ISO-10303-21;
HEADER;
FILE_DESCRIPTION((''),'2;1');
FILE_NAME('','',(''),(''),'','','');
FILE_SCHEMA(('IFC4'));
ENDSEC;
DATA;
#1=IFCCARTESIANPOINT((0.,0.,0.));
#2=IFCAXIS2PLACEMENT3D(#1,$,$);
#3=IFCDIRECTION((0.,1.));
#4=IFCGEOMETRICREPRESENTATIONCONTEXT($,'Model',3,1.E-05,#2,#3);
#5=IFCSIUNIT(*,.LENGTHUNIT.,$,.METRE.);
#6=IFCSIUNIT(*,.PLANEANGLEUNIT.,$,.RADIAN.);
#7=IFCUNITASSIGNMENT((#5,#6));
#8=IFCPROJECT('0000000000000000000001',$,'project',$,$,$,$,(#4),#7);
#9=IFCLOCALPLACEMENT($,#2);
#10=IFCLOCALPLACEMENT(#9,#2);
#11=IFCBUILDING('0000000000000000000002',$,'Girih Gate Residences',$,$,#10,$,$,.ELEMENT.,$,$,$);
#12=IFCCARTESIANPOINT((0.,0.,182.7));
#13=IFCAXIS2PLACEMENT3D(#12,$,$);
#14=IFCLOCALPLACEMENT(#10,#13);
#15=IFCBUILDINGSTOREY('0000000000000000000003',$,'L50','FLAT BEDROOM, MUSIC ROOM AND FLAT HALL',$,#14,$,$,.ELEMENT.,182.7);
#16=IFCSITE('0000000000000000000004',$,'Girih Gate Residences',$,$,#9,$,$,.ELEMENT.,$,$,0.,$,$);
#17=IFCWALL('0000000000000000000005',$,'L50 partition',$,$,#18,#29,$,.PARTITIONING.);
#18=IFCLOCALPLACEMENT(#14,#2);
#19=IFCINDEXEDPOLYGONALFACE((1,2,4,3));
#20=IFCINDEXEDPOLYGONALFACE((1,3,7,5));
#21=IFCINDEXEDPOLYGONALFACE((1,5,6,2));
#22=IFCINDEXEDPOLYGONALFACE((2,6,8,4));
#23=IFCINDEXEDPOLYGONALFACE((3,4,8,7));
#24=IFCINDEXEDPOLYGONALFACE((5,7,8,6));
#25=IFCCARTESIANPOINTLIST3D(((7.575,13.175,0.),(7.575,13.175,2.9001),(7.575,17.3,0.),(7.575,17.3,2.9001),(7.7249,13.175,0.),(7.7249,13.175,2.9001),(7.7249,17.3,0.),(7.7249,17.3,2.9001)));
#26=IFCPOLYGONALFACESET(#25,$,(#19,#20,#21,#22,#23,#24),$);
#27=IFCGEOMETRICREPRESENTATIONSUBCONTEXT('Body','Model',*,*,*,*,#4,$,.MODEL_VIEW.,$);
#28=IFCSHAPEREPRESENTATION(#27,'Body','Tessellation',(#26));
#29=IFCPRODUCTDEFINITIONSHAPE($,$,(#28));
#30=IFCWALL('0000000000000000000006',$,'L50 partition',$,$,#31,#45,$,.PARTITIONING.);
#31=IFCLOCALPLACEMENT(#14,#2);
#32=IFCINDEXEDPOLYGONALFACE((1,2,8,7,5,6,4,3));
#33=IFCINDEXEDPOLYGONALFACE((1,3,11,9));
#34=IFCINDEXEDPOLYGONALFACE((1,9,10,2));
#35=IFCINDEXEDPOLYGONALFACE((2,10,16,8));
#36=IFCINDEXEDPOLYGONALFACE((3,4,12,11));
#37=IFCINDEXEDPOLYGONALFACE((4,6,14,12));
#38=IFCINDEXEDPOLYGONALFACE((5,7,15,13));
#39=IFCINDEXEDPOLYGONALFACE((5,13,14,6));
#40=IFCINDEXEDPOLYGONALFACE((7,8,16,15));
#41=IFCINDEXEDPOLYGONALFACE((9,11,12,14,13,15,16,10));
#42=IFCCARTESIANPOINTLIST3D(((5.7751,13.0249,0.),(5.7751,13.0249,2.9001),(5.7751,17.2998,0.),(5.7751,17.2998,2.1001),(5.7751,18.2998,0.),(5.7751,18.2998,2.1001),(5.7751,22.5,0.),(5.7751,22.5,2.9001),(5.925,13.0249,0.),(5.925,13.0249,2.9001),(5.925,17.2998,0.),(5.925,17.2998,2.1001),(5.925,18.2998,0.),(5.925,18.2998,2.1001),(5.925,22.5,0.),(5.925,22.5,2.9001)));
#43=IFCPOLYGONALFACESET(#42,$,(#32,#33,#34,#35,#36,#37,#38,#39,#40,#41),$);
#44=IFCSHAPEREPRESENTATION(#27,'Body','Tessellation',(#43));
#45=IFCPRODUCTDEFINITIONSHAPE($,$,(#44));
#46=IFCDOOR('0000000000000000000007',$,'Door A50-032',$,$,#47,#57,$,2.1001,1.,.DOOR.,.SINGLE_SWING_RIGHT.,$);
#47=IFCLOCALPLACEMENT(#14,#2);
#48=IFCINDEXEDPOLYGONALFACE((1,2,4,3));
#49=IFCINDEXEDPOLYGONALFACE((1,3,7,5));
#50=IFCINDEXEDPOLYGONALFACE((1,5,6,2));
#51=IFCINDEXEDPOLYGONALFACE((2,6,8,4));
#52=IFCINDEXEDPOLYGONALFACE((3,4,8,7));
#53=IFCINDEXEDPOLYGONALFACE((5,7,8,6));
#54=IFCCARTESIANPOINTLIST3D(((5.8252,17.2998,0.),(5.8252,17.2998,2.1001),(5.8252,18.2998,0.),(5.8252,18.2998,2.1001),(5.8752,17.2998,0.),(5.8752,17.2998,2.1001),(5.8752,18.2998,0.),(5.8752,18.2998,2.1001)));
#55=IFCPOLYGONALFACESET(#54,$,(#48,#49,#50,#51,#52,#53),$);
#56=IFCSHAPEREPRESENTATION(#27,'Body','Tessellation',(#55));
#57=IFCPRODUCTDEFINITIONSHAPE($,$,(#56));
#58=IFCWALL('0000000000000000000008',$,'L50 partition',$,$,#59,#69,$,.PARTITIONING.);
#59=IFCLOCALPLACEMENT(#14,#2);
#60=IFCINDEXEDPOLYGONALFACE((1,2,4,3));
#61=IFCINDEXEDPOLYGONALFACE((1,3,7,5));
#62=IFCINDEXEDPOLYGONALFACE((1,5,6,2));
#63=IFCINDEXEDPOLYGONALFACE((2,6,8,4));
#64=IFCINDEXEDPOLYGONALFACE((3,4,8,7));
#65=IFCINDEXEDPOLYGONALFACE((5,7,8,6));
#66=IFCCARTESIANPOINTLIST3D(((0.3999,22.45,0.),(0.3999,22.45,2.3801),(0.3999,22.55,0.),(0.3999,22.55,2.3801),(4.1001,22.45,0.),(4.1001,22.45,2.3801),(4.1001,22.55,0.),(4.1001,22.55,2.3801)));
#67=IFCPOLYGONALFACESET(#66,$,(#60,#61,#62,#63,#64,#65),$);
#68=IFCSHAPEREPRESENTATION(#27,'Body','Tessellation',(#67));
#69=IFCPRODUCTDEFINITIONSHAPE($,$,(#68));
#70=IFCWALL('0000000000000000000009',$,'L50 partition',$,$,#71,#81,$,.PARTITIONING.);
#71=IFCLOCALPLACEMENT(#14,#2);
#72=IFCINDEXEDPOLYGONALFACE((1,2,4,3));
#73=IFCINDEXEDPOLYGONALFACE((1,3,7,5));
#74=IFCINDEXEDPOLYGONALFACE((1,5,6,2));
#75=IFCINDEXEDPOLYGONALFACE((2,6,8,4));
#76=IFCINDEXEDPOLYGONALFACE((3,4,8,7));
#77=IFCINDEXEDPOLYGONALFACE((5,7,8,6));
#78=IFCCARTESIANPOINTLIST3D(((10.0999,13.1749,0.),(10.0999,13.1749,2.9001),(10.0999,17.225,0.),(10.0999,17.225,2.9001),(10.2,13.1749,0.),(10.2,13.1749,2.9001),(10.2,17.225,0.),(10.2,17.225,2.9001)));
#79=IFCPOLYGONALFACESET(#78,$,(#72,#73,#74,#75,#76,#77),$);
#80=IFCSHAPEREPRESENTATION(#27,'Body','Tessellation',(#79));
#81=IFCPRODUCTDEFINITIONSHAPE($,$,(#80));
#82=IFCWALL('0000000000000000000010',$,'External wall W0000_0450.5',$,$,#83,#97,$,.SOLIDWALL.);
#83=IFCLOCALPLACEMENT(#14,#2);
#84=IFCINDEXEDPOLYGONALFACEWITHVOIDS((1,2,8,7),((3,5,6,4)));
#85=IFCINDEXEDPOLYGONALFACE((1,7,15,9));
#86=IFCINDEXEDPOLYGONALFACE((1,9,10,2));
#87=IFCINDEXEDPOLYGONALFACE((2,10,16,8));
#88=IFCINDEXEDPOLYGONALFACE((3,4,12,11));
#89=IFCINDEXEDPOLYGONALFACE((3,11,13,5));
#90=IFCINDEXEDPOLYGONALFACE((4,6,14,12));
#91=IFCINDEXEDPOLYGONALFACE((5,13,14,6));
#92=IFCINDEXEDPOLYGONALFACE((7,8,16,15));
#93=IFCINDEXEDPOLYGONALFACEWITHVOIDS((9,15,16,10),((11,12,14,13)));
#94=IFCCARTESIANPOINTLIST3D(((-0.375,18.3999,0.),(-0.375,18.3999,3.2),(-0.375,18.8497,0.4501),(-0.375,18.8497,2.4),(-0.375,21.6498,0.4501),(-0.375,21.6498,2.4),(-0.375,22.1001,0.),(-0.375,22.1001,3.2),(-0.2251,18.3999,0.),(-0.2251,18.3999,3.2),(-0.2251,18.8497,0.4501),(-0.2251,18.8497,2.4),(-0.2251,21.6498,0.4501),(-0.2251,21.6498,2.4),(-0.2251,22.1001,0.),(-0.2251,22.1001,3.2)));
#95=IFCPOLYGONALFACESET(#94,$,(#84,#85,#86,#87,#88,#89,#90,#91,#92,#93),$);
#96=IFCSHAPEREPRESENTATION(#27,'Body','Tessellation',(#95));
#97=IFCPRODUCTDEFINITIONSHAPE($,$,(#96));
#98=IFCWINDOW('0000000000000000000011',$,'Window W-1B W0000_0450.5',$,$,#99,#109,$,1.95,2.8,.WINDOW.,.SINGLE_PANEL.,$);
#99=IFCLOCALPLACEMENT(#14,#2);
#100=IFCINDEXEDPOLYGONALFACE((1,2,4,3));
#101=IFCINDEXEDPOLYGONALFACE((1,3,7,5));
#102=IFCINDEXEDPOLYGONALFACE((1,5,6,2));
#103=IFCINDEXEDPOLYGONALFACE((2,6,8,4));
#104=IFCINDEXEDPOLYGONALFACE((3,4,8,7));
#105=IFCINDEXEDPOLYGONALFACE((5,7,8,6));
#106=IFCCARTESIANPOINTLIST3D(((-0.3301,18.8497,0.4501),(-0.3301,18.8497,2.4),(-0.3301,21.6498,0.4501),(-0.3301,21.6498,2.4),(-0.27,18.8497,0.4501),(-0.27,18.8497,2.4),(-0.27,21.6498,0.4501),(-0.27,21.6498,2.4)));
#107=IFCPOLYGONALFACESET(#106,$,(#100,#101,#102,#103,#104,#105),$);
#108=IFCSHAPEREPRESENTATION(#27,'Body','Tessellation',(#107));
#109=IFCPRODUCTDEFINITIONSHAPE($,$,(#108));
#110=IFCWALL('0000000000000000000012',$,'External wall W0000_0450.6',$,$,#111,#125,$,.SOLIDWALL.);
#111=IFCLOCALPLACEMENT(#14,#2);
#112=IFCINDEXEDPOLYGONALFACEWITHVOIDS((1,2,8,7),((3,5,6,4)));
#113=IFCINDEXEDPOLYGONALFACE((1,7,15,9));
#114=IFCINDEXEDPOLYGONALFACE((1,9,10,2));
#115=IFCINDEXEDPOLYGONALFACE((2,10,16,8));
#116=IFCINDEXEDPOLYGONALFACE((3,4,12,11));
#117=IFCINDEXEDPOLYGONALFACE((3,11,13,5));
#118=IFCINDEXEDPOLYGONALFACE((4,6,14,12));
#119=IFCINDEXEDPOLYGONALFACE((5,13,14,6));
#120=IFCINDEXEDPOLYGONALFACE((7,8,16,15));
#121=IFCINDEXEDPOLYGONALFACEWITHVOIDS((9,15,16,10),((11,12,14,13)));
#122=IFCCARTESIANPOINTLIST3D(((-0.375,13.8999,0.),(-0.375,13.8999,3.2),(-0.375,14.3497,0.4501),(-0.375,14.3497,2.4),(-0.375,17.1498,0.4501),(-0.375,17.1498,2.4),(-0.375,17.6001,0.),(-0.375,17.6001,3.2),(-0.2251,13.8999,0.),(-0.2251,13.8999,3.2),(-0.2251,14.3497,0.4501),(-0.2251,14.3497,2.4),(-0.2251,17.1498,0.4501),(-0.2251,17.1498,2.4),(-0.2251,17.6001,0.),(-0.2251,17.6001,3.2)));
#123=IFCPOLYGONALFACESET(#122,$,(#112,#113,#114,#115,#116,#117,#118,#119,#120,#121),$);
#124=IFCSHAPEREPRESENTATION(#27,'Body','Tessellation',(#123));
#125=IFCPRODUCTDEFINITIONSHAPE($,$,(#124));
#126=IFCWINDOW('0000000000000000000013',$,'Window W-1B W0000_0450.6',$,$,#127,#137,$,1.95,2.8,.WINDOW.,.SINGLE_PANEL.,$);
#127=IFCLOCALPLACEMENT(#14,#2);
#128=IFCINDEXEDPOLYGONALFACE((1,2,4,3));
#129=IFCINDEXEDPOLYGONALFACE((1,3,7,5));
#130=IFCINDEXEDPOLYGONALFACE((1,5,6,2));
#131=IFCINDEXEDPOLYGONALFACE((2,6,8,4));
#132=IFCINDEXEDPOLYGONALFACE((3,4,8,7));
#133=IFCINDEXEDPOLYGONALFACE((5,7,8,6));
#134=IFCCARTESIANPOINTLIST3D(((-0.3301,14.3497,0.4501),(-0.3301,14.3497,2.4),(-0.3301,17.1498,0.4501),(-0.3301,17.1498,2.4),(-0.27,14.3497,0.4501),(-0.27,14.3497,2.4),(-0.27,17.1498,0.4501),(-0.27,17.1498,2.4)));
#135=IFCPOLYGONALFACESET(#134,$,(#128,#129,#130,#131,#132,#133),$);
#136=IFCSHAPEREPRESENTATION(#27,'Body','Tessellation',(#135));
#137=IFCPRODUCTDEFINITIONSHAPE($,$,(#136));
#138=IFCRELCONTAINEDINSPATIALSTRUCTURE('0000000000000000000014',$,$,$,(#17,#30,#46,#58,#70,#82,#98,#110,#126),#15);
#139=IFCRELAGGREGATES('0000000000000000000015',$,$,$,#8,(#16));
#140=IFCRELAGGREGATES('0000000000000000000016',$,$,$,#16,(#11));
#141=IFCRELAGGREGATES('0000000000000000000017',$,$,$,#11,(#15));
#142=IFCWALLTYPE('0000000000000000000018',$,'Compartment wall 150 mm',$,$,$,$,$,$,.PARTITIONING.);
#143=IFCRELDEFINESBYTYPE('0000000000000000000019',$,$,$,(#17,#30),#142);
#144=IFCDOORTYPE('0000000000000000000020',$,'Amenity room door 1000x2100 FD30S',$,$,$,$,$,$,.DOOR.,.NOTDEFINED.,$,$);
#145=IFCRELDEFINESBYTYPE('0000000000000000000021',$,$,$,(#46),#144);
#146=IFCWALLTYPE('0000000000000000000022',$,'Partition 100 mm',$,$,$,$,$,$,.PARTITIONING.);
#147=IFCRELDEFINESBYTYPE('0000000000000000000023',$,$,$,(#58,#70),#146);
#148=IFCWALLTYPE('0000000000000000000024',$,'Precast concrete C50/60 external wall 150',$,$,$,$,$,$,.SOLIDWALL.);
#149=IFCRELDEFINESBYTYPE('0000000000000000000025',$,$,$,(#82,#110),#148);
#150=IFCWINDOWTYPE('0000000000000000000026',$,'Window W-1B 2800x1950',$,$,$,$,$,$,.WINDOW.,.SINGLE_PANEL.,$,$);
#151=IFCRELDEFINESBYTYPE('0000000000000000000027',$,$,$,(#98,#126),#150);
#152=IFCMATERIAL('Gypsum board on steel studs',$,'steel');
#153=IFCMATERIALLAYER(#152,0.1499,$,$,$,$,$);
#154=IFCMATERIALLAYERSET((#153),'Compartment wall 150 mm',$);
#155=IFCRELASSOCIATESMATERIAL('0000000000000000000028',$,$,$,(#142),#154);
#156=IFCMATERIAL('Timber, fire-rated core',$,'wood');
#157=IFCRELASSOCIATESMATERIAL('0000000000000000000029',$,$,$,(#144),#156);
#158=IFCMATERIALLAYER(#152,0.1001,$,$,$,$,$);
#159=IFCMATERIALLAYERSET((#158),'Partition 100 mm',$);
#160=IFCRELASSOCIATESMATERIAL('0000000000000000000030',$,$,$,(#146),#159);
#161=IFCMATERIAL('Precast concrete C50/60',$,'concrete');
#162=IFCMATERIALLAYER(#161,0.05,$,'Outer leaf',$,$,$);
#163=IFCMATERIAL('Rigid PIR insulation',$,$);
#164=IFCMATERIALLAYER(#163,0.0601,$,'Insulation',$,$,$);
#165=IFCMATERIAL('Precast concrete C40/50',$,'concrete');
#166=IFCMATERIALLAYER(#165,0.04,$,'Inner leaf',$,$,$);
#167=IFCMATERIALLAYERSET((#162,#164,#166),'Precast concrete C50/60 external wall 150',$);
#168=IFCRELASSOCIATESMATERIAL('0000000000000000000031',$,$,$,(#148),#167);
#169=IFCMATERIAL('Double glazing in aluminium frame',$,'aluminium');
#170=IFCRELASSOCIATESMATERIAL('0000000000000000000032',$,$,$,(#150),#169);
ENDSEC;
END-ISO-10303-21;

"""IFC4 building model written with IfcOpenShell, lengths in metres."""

from ifc_helpers import new_model, si_unit, direction, frame, frame_2d, origin, place, context, subcontext, project, spatial, rectangle, extrude, material, layer, layer_set, type_object, element, fill, save


model = new_model("IFC4")

# Units and contexts
model_context = context("Model", 3, precision=1e-05, world=origin(), true_north=direction((0.0, 1.0)))
body_context = subcontext(model_context, "Body", "Model", "MODEL_VIEW")
ifc_project = project(units=[si_unit("LENGTHUNIT", "METRE"), si_unit("PLANEANGLEUNIT", "RADIAN")], contexts=[model_context])

# Site, building, storey
site_placement = place(None, origin())
site = spatial("IfcSite", under=ifc_project, at=site_placement, Name="Girih Gate Residences", CompositionType="ELEMENT", RefElevation=0.0)
building_placement = place(site_placement, origin())
building = spatial("IfcBuilding", under=site, at=building_placement, Name="Girih Gate Residences", CompositionType="ELEMENT")
storey_placement = place(building_placement, frame((0.0, 0.0, 182.7)))
storey = spatial("IfcBuildingStorey", under=building, at=storey_placement, Name="L50", Description="FLAT BEDROOM, MUSIC ROOM AND FLAT HALL", CompositionType="ELEMENT", Elevation=182.7)

# Shared definitions
ifc_material_1 = material(Name="Gypsum board on steel studs", Category="steel")
ifc_layer_1 = layer(ifc_material_1, 0.1499)
ifc_layer_set_1 = layer_set([ifc_layer_1], Name="Compartment wall 150 mm")
wall_type_1 = type_object("IfcWallType", Name="Compartment wall 150 mm", PredefinedType="PARTITIONING", material=ifc_layer_set_1)

# Wall
wall_1_placement = place(storey_placement, frame((7.6499, 13.175, 0.0), z_axis=(0.0, 0.0, 1.0), x_axis=(0.0, 1.0, 0.0)))
element("IfcWall", 1, at=wall_1_placement, inside=storey, type_object=wall_type_1, Name="L50 partition", PredefinedType="PARTITIONING", context=body_context, shape_type="SweptSolid", body=[
    extrude(rectangle(XDim=4.125, YDim=0.1499, at=frame_2d((2.0625, 0.0))), origin(), (0.0, 0.0, 1.0), 2.9001),
])

# Wall, opening, door
wall_2_placement = place(storey_placement, frame((5.8501, 13.0249, 0.0), z_axis=(0.0, 0.0, 1.0), x_axis=(0.0, 1.0, 0.0)))
wall_2 = element("IfcWall", 2, at=wall_2_placement, inside=storey, type_object=wall_type_1, Name="L50 partition", PredefinedType="PARTITIONING", context=body_context, shape_type="SweptSolid", body=[
    extrude(rectangle(XDim=9.4751, YDim=0.1499, at=frame_2d((4.7375, 0.0))), origin(), (0.0, 0.0, 1.0), 2.9001),
])
opening_1_placement = place(wall_2_placement, frame((4.2749, 0.0, 0.0)))
opening_1 = element("IfcOpeningElement", 3, at=opening_1_placement, cuts=wall_2, PredefinedType="OPENING", context=body_context, shape_type="SweptSolid", body=[
    extrude(rectangle(XDim=1.0, YDim=2.1001, at=frame_2d((0.5, 1.05))), frame((0.0, 0.085, 0.0), z_axis=(0.0, -1.0, 0.0), x_axis=(1.0, 0.0, 0.0)), (0.0, 0.0, 1.0), 0.1699),
])
ifc_material_2 = material(Name="Timber, fire-rated core", Category="wood")
door_type_1 = type_object("IfcDoorType", Name="Amenity room door 1000x2100 FD30S", OperationType="NOTDEFINED", PredefinedType="DOOR", material=ifc_material_2)
door_1_placement = place(opening_1_placement, origin())
door_1 = element("IfcDoor", 4, at=door_1_placement, inside=storey, type_object=door_type_1, Name="Door A50-032", OperationType="SINGLE_SWING_RIGHT", OverallHeight=2.1001, OverallWidth=1.0, PredefinedType="DOOR", context=body_context, shape_type="SweptSolid", body=[
    extrude(rectangle(XDim=1.0, YDim=2.1001, at=frame_2d((0.5, 1.05))), frame((0.0, 0.0249, 0.0), z_axis=(0.0, -1.0, 0.0), x_axis=(1.0, 0.0, 0.0)), (0.0, 0.0, 1.0), 0.05),
])
fill(opening_1, door_1)

# Walls
ifc_layer_2 = layer(ifc_material_1, 0.1001)
ifc_layer_set_2 = layer_set([ifc_layer_2], Name="Partition 100 mm")
wall_type_2 = type_object("IfcWallType", Name="Partition 100 mm", PredefinedType="PARTITIONING", material=ifc_layer_set_2)
wall_3_placement = place(storey_placement, frame((0.3999, 22.5, 0.0), z_axis=(0.0, 0.0, 1.0), x_axis=(1.0, 0.0, 0.0)))
element("IfcWall", 5, at=wall_3_placement, inside=storey, type_object=wall_type_2, Name="L50 partition", PredefinedType="PARTITIONING", context=body_context, shape_type="SweptSolid", body=[
    extrude(rectangle(XDim=3.7002, YDim=0.1001, at=frame_2d((1.8501, 0.0))), origin(), (0.0, 0.0, 1.0), 2.3801),
])
wall_4_placement = place(storey_placement, frame((10.1499, 13.175, 0.0), z_axis=(0.0, 0.0, 1.0), x_axis=(0.0, 1.0, 0.0)))
element("IfcWall", 6, at=wall_4_placement, inside=storey, type_object=wall_type_2, Name="L50 partition", PredefinedType="PARTITIONING", context=body_context, shape_type="SweptSolid", body=[
    extrude(rectangle(XDim=4.05, YDim=0.1001, at=frame_2d((2.0249, 0.0))), origin(), (0.0, 0.0, 1.0), 2.9001),
])

# Walls, openings, windows
ifc_material_3 = material(Name="Precast concrete C50/60", Category="concrete")
ifc_layer_3 = layer(ifc_material_3, 0.05, Name="Outer leaf")
ifc_material_4 = material(Name="Rigid PIR insulation")
ifc_layer_4 = layer(ifc_material_4, 0.0601, Name="Insulation")
ifc_material_5 = material(Name="Precast concrete C40/50", Category="concrete")
ifc_layer_5 = layer(ifc_material_5, 0.04, Name="Inner leaf")
ifc_layer_set_3 = layer_set([ifc_layer_3, ifc_layer_4, ifc_layer_5], Name="Precast concrete C50/60 external wall 150")
wall_type_3 = type_object("IfcWallType", Name="Precast concrete C50/60 external wall 150", PredefinedType="SOLIDWALL", material=ifc_layer_set_3)
wall_5_placement = place(storey_placement, frame((-0.3, 18.3999, 0.0), z_axis=(0.0, 0.0, 1.0), x_axis=(0.0, 1.0, 0.0)))
wall_5 = element("IfcWall", 7, at=wall_5_placement, inside=storey, type_object=wall_type_3, Name="External wall W0000_0450.5", PredefinedType="SOLIDWALL", context=body_context, shape_type="SweptSolid", body=[
    extrude(rectangle(XDim=3.7002, YDim=0.1499, at=frame_2d((1.8501, 0.0))), origin(), (0.0, 0.0, 1.0), 3.2),
])
opening_2_placement = place(wall_5_placement, frame((0.45, 0.0, 0.45)))
opening_2 = element("IfcOpeningElement", 8, at=opening_2_placement, cuts=wall_5, PredefinedType="OPENING", context=body_context, shape_type="SweptSolid", body=[
    extrude(rectangle(XDim=2.8, YDim=1.95, at=frame_2d((1.3999, 0.9751))), frame((0.0, 0.085, 0.0), z_axis=(0.0, -1.0, 0.0), x_axis=(1.0, 0.0, 0.0)), (0.0, 0.0, 1.0), 0.1699),
])
ifc_material_6 = material(Name="Double glazing in aluminium frame", Category="aluminium")
window_type = type_object("IfcWindowType", Name="Window W-1B 2800x1950", PartitioningType="SINGLE_PANEL", PredefinedType="WINDOW", material=ifc_material_6)
window_1_placement = place(opening_2_placement, origin())
window_1 = element("IfcWindow", 9, at=window_1_placement, inside=storey, type_object=window_type, Name="Window W-1B W0000_0450.5", OverallHeight=1.95, OverallWidth=2.8, PartitioningType="SINGLE_PANEL", PredefinedType="WINDOW", context=body_context, shape_type="SweptSolid", body=[
    extrude(rectangle(XDim=2.8, YDim=1.95, at=frame_2d((1.3999, 0.9751))), frame((0.0, 0.03, 0.0), z_axis=(0.0, -1.0, 0.0), x_axis=(1.0, 0.0, 0.0)), (0.0, 0.0, 1.0), 0.0601),
])
fill(opening_2, window_1)
wall_6_placement = place(storey_placement, frame((-0.3, 13.8999, 0.0), z_axis=(0.0, 0.0, 1.0), x_axis=(0.0, 1.0, 0.0)))
wall_6 = element("IfcWall", 10, at=wall_6_placement, inside=storey, type_object=wall_type_3, Name="External wall W0000_0450.6", PredefinedType="SOLIDWALL", context=body_context, shape_type="SweptSolid", body=[
    extrude(rectangle(XDim=3.7002, YDim=0.1499, at=frame_2d((1.8501, 0.0))), origin(), (0.0, 0.0, 1.0), 3.2),
])
opening_3_placement = place(wall_6_placement, frame((0.45, 0.0, 0.45)))
opening_3 = element("IfcOpeningElement", 11, at=opening_3_placement, cuts=wall_6, PredefinedType="OPENING", context=body_context, shape_type="SweptSolid", body=[
    extrude(rectangle(XDim=2.8, YDim=1.95, at=frame_2d((1.3999, 0.9751))), frame((0.0, 0.085, 0.0), z_axis=(0.0, -1.0, 0.0), x_axis=(1.0, 0.0, 0.0)), (0.0, 0.0, 1.0), 0.1699),
])
window_2_placement = place(opening_3_placement, origin())
window_2 = element("IfcWindow", 12, at=window_2_placement, inside=storey, type_object=window_type, Name="Window W-1B W0000_0450.6", OverallHeight=1.95, OverallWidth=2.8, PartitioningType="SINGLE_PANEL", PredefinedType="WINDOW", context=body_context, shape_type="SweptSolid", body=[
    extrude(rectangle(XDim=2.8, YDim=1.95, at=frame_2d((1.3999, 0.9751))), frame((0.0, 0.03, 0.0), z_axis=(0.0, -1.0, 0.0), x_axis=(1.0, 0.0, 0.0)), (0.0, 0.0, 1.0), 0.0601),
])
fill(opening_3, window_2)

save(model, "model.ifc")
